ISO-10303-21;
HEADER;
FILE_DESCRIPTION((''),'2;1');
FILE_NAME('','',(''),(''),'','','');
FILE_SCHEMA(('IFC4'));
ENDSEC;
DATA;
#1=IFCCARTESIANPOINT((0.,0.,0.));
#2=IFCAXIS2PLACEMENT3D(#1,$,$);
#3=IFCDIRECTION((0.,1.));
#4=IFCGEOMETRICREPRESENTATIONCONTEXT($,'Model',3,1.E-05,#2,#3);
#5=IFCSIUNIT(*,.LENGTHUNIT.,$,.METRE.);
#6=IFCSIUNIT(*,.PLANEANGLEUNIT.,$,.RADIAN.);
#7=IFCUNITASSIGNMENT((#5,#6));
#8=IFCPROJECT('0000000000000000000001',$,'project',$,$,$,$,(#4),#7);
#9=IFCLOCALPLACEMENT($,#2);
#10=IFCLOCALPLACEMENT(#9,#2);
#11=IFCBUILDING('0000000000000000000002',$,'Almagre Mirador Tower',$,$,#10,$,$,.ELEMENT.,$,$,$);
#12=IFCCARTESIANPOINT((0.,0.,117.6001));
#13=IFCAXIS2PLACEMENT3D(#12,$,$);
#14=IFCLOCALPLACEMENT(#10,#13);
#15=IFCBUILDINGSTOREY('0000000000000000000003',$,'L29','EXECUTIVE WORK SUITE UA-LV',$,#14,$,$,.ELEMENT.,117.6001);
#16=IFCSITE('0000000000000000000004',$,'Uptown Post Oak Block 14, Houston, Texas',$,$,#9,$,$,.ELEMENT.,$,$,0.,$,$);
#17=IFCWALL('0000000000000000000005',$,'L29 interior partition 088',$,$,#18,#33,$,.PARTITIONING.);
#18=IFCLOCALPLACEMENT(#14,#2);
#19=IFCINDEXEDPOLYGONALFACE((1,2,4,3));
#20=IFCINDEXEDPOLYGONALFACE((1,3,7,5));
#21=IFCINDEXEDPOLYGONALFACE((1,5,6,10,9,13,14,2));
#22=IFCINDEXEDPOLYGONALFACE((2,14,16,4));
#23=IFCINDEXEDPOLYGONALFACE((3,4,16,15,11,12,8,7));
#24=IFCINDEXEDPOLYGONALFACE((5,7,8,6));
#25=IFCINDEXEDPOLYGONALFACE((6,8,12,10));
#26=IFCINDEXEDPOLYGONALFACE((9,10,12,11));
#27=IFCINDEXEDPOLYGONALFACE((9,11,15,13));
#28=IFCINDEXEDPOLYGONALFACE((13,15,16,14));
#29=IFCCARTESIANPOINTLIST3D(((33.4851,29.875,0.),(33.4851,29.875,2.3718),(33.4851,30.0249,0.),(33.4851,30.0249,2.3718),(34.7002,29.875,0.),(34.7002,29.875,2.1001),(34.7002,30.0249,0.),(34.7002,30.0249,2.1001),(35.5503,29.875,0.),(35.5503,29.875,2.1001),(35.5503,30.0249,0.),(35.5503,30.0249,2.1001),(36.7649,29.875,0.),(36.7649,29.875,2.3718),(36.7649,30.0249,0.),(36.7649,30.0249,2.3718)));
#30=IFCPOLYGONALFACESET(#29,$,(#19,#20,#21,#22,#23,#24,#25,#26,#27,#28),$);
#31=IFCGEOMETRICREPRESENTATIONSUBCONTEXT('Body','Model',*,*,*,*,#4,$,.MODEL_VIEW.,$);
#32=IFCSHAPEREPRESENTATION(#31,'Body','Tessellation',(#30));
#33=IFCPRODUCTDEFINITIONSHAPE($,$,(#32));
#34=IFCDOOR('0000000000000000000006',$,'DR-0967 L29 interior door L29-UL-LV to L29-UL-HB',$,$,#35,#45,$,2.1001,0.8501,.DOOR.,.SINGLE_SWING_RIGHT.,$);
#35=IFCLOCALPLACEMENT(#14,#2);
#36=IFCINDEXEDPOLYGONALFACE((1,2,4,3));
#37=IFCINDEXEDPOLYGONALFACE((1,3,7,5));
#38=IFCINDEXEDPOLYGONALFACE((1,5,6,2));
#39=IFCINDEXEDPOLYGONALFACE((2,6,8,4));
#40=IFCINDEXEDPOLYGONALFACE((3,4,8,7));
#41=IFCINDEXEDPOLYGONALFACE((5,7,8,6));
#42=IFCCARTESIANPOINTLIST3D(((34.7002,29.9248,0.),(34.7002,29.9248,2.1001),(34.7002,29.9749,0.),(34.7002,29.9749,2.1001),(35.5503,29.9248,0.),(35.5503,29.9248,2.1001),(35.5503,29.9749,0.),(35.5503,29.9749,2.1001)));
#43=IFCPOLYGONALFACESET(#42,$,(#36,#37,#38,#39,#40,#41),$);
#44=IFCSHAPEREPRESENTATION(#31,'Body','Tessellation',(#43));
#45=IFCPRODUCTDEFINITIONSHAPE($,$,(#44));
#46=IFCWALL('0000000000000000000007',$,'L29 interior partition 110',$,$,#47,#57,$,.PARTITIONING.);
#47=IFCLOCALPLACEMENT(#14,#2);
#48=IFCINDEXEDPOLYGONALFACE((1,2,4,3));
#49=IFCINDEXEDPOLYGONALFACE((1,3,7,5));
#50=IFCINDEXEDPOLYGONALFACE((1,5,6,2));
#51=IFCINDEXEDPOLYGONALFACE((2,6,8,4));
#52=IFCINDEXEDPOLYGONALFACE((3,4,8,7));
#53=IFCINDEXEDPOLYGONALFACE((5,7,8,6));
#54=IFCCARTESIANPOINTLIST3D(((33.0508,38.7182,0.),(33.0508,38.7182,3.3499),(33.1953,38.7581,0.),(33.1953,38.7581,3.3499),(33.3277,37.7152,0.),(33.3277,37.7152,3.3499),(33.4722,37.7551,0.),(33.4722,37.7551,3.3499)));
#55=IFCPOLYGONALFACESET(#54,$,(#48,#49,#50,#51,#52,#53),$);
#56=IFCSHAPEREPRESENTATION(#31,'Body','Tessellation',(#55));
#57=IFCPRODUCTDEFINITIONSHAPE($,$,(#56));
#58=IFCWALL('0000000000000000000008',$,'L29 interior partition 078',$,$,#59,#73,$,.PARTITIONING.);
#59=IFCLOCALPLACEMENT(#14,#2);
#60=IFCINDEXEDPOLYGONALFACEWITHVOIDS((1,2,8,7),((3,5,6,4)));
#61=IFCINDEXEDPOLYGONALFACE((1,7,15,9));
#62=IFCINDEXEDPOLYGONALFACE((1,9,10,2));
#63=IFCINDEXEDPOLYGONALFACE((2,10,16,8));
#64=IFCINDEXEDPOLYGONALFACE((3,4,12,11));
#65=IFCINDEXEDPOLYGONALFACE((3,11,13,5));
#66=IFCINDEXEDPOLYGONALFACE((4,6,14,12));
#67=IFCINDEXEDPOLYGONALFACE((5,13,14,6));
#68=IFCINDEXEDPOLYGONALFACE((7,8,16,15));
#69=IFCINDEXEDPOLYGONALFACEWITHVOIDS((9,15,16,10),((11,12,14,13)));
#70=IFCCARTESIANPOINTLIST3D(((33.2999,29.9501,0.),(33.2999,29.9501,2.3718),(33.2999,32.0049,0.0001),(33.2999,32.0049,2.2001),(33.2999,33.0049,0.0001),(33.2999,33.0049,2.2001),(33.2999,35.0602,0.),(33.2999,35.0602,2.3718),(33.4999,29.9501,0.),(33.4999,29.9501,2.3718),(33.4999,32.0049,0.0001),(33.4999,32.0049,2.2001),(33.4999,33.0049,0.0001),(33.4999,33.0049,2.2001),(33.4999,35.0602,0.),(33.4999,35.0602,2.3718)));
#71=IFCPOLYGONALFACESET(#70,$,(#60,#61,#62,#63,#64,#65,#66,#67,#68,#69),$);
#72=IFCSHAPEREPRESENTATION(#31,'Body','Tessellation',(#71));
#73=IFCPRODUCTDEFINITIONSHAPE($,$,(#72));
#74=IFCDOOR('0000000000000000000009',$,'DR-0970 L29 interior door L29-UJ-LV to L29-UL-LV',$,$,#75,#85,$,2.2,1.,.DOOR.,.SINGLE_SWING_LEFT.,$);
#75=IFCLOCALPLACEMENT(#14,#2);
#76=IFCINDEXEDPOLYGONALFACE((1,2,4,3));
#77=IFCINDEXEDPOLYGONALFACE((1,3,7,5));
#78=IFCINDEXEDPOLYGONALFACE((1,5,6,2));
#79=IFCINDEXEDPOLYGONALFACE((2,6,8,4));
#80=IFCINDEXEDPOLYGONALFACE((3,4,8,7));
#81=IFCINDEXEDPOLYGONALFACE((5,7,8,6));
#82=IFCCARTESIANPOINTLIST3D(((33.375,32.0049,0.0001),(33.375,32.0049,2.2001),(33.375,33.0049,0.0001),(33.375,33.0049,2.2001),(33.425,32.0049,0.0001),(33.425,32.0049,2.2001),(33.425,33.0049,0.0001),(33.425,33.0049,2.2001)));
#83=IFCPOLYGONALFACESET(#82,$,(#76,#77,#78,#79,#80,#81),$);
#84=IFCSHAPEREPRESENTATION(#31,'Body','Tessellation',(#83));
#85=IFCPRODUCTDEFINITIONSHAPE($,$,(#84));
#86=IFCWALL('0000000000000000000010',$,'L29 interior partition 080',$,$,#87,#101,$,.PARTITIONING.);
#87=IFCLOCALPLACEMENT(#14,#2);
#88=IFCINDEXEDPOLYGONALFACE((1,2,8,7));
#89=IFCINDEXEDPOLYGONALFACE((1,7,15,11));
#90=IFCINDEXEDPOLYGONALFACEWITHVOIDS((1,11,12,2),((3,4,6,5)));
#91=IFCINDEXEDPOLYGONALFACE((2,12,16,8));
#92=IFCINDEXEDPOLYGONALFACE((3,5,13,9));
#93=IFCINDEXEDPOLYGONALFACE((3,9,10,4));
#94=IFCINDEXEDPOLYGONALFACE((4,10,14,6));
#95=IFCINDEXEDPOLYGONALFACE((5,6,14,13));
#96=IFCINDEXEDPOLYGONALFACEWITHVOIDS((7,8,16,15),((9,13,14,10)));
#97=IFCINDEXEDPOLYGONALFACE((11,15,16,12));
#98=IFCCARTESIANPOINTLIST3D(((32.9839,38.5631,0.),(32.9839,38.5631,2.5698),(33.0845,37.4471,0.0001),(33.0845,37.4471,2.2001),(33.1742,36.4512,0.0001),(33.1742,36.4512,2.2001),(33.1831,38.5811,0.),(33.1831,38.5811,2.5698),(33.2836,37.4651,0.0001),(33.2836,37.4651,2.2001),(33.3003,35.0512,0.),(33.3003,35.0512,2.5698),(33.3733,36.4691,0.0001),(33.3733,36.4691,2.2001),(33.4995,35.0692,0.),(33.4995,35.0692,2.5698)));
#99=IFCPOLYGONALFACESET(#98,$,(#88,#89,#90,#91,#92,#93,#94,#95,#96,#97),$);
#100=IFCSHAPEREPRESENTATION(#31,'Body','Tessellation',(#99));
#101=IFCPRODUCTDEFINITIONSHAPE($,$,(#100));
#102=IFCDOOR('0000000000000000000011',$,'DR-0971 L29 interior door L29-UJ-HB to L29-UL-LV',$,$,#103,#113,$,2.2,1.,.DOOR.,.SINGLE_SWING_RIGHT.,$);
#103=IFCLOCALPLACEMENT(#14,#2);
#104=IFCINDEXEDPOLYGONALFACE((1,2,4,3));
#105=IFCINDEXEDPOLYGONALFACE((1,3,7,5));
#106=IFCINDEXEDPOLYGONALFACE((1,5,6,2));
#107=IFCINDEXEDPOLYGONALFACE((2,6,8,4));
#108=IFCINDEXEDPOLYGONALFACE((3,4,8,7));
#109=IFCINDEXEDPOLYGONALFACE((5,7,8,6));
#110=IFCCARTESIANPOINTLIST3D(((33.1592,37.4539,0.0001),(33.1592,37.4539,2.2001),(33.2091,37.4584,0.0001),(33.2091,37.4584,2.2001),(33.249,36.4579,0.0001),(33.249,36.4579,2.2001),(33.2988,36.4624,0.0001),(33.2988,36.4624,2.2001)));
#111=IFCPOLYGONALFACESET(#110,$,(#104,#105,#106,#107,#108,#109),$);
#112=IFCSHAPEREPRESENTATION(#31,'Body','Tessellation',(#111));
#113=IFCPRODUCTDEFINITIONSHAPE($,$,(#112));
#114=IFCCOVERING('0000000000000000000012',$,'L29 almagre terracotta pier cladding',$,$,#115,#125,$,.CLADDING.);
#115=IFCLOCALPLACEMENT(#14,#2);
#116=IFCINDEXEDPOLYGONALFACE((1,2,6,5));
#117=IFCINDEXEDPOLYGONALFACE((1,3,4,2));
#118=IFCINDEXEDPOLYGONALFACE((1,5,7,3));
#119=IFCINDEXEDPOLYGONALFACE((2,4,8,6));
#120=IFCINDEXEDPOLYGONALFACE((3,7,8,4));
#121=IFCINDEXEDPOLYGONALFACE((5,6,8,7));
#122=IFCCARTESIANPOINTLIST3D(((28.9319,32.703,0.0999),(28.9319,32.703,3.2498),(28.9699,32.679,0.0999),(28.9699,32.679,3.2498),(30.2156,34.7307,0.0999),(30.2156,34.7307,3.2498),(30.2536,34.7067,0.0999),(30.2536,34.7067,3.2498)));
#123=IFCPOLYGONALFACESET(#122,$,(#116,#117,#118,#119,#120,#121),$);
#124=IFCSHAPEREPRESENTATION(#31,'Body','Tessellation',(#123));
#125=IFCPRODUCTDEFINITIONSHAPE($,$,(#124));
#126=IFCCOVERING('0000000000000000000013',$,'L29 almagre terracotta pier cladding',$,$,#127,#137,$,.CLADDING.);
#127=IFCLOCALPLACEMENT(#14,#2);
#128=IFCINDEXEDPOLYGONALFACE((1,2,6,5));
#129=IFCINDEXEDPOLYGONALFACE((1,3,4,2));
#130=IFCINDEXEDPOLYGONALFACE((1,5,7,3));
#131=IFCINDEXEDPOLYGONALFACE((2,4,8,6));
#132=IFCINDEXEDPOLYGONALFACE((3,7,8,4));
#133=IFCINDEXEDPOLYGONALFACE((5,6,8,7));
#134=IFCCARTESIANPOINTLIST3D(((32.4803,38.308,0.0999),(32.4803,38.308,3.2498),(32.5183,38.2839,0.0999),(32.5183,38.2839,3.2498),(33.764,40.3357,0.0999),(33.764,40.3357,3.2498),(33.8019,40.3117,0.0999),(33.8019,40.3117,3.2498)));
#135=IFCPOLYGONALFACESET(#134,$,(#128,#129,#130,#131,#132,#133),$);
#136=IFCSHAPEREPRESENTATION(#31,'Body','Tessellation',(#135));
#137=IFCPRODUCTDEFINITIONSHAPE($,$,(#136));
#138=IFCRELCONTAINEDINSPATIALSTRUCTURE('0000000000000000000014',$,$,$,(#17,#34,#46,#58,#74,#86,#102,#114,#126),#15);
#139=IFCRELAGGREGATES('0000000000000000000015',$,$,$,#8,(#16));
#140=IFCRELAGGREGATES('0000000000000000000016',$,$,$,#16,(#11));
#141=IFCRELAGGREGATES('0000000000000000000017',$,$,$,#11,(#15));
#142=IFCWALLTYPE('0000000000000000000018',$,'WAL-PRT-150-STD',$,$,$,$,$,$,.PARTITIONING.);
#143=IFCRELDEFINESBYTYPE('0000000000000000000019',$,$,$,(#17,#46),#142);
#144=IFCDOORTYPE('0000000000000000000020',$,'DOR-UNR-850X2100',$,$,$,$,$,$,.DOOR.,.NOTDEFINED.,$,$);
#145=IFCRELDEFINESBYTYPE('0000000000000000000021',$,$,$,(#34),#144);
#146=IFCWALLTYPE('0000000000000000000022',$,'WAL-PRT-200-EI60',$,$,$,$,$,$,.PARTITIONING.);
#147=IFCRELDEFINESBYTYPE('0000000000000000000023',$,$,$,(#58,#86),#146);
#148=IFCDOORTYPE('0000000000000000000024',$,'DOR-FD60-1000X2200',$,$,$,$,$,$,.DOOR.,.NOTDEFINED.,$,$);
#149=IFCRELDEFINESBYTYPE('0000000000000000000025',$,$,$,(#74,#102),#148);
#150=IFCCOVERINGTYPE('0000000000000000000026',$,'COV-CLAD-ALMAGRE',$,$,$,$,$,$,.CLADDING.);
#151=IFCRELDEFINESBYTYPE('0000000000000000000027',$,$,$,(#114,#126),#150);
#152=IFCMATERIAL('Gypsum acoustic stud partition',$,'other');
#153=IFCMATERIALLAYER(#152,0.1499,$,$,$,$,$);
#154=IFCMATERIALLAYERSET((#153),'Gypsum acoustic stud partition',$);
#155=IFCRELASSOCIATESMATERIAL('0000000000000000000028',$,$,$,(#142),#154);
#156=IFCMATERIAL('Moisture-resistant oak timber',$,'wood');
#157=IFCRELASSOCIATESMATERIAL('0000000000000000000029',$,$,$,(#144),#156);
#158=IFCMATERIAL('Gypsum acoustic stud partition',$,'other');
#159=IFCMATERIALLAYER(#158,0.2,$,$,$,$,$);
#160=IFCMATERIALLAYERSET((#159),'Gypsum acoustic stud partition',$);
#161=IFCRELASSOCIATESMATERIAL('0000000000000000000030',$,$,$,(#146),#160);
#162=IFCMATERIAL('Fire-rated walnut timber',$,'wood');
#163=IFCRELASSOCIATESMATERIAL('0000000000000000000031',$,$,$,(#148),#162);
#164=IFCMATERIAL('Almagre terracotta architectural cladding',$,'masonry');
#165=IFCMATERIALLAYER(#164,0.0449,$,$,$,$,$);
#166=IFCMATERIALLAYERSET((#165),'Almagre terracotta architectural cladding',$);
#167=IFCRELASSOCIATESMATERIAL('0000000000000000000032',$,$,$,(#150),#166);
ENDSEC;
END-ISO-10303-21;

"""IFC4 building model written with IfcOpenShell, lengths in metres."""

from ifc_helpers import new_model, si_unit, direction, frame, frame_2d, origin, origin_2d, place, context, subcontext, project, spatial, rectangle, extrude, material, layer, layer_set, type_object, element, fill, save


model = new_model("IFC4")

# Units and contexts
model_context = context("Model", 3, precision=1e-05, world=origin(), true_north=direction((0.0, 1.0)))
body_context = subcontext(model_context, "Body", "Model", "MODEL_VIEW")
ifc_project = project(units=[si_unit("LENGTHUNIT", "METRE"), si_unit("PLANEANGLEUNIT", "RADIAN")], contexts=[model_context])

# Site, building, storey
site_placement = place(None, origin())
site = spatial("IfcSite", under=ifc_project, at=site_placement, Name="Uptown Post Oak Block 14, Houston, Texas", CompositionType="ELEMENT", RefElevation=0.0)
building_placement = place(site_placement, origin())
building = spatial("IfcBuilding", under=site, at=building_placement, Name="Almagre Mirador Tower", CompositionType="ELEMENT")
storey_placement = place(building_placement, frame((0.0, 0.0, 117.6001)))
storey = spatial("IfcBuildingStorey", under=building, at=storey_placement, Name="L29", Description="EXECUTIVE WORK SUITE UA-LV", CompositionType="ELEMENT", Elevation=117.6001)

# Wall, opening, door
ifc_material_1 = material(Name="Gypsum acoustic stud partition", Category="other")
ifc_layer_1 = layer(ifc_material_1, 0.1499)
ifc_layer_set_1 = layer_set([ifc_layer_1], Name="Gypsum acoustic stud partition")
wall_type_1 = type_object("IfcWallType", Name="WAL-PRT-150-STD", PredefinedType="PARTITIONING", material=ifc_layer_set_1)
wall_1_placement = place(storey_placement, frame((33.4851, 29.95, 0.0), z_axis=(0.0, 0.0, 1.0), x_axis=(1.0, 0.0, 0.0)))
wall_1 = element("IfcWall", 1, at=wall_1_placement, inside=storey, type_object=wall_type_1, Name="L29 interior partition 088", PredefinedType="PARTITIONING", context=body_context, shape_type="SweptSolid", body=[
    extrude(rectangle(XDim=3.2798, YDim=0.1499, at=frame_2d((1.6399, 0.0))), origin(), (0.0, 0.0, 1.0), 2.3718),
])
opening_1_placement = place(wall_1_placement, frame((1.2151, 0.0, 0.0)))
opening_1 = element("IfcOpeningElement", 2, at=opening_1_placement, cuts=wall_1, PredefinedType="OPENING", context=body_context, shape_type="SweptSolid", body=[
    extrude(rectangle(XDim=0.8501, YDim=2.1001, at=frame_2d((0.425, 1.05))), frame((0.0, 0.085, 0.0), z_axis=(0.0, -1.0, 0.0), x_axis=(1.0, 0.0, 0.0)), (0.0, 0.0, 1.0), 0.1699),
])
ifc_material_2 = material(Name="Moisture-resistant oak timber", Category="wood")
door_type_1 = type_object("IfcDoorType", Name="DOR-UNR-850X2100", OperationType="NOTDEFINED", PredefinedType="DOOR", material=ifc_material_2)
door_1_placement = place(opening_1_placement, origin())
door_1 = element("IfcDoor", 3, at=door_1_placement, inside=storey, type_object=door_type_1, Name="DR-0967 L29 interior door L29-UL-LV to L29-UL-HB", OperationType="SINGLE_SWING_RIGHT", OverallHeight=2.1001, OverallWidth=0.8501, PredefinedType="DOOR", context=body_context, shape_type="SweptSolid", body=[
    extrude(rectangle(XDim=0.8501, YDim=2.1001, at=frame_2d((0.425, 1.05))), frame((0.0, 0.0249, 0.0), z_axis=(0.0, -1.0, 0.0), x_axis=(1.0, 0.0, 0.0)), (0.0, 0.0, 1.0), 0.05),
])
fill(opening_1, door_1)

# Wall
wall_2_placement = place(storey_placement, frame((33.3999, 37.7351, 0.0), z_axis=(0.0, 0.0, 1.0), x_axis=(-0.266094, 0.963947, 0.0)))
element("IfcWall", 4, at=wall_2_placement, inside=storey, type_object=wall_type_1, Name="L29 interior partition 110", PredefinedType="PARTITIONING", context=body_context, shape_type="SweptSolid", body=[
    extrude(rectangle(XDim=1.0405, YDim=0.1499, at=frame_2d((0.5203, 0.0))), origin(), (0.0, 0.0, 1.0), 3.3499),
])

# Walls, openings, doors
ifc_material_3 = material(Name="Gypsum acoustic stud partition", Category="other")
ifc_layer_2 = layer(ifc_material_3, 0.2)
ifc_layer_set_2 = layer_set([ifc_layer_2], Name="Gypsum acoustic stud partition")
wall_type_2 = type_object("IfcWallType", Name="WAL-PRT-200-EI60", PredefinedType="PARTITIONING", material=ifc_layer_set_2)
wall_3_placement = place(storey_placement, frame((33.3999, 29.95, 0.0), z_axis=(0.0, 0.0, 1.0), x_axis=(0.0, 1.0, 0.0)))
wall_3 = element("IfcWall", 5, at=wall_3_placement, inside=storey, type_object=wall_type_2, Name="L29 interior partition 078", PredefinedType="PARTITIONING", context=body_context, shape_type="SweptSolid", body=[
    extrude(rectangle(XDim=5.1101, YDim=0.2, at=frame_2d((2.5552, 0.0))), origin(), (0.0, 0.0, 1.0), 2.3718),
])
opening_2_placement = place(wall_3_placement, frame((2.0549, 0.0, 0.0)))
opening_2 = element("IfcOpeningElement", 6, at=opening_2_placement, cuts=wall_3, PredefinedType="OPENING", context=body_context, shape_type="SweptSolid", body=[
    extrude(rectangle(XDim=1.0, YDim=2.2, at=frame_2d((0.5, 1.1001))), frame((0.0, 0.1101, 0.0), z_axis=(0.0, -1.0, 0.0), x_axis=(1.0, 0.0, 0.0)), (0.0, 0.0, 1.0), 0.22),
])
ifc_material_4 = material(Name="Fire-rated walnut timber", Category="wood")
door_type_2 = type_object("IfcDoorType", Name="DOR-FD60-1000X2200", OperationType="NOTDEFINED", PredefinedType="DOOR", material=ifc_material_4)
door_2_placement = place(opening_2_placement, origin())
door_2 = element("IfcDoor", 7, at=door_2_placement, inside=storey, type_object=door_type_2, Name="DR-0970 L29 interior door L29-UJ-LV to L29-UL-LV", OperationType="SINGLE_SWING_LEFT", OverallHeight=2.2, OverallWidth=1.0, PredefinedType="DOOR", context=body_context, shape_type="SweptSolid", body=[
    extrude(rectangle(XDim=1.0, YDim=2.2, at=frame_2d((0.5, 1.1001))), frame((0.0, 0.0249, 0.0), z_axis=(0.0, -1.0, 0.0), x_axis=(1.0, 0.0, 0.0)), (0.0, 0.0, 1.0), 0.05),
])
fill(opening_2, door_2)
wall_4_placement = place(storey_placement, frame((33.3999, 35.0601, 0.0), z_axis=(0.0, 0.0, 1.0), x_axis=(-0.08973, 0.995966, 0.0)))
wall_4 = element("IfcWall", 8, at=wall_4_placement, inside=storey, type_object=wall_type_2, Name="L29 interior partition 080", PredefinedType="PARTITIONING", context=body_context, shape_type="SweptSolid", body=[
    extrude(rectangle(XDim=3.5261, YDim=0.2, at=frame_2d((1.7632, 0.0))), origin(), (0.0, 0.0, 1.0), 2.5698),
])
opening_3_placement = place(wall_4_placement, frame((1.4058, 0.0, 0.0)))
opening_3 = element("IfcOpeningElement", 9, at=opening_3_placement, cuts=wall_4, PredefinedType="OPENING", context=body_context, shape_type="SweptSolid", body=[
    extrude(rectangle(XDim=1.0, YDim=2.2, at=frame_2d((0.5, 1.1001))), frame((0.0, 0.1101, 0.0), z_axis=(0.0, -1.0, 0.0), x_axis=(1.0, 0.0, 0.0)), (0.0, 0.0, 1.0), 0.22),
])
door_3_placement = place(opening_3_placement, origin())
door_3 = element("IfcDoor", 10, at=door_3_placement, inside=storey, type_object=door_type_2, Name="DR-0971 L29 interior door L29-UJ-HB to L29-UL-LV", OperationType="SINGLE_SWING_RIGHT", OverallHeight=2.2, OverallWidth=1.0, PredefinedType="DOOR", context=body_context, shape_type="SweptSolid", body=[
    extrude(rectangle(XDim=1.0, YDim=2.2, at=frame_2d((0.5, 1.1001))), frame((0.0, 0.0249, 0.0), z_axis=(0.0, -1.0, 0.0), x_axis=(1.0, 0.0, 0.0)), (0.0, 0.0, 1.0), 0.05),
])
fill(opening_3, door_3)

# Coverings
ifc_material_5 = material(Name="Almagre terracotta architectural cladding", Category="masonry")
ifc_layer_3 = layer(ifc_material_5, 0.0449)
ifc_layer_set_3 = layer_set([ifc_layer_3], Name="Almagre terracotta architectural cladding")
covering_type = type_object("IfcCoveringType", Name="COV-CLAD-ALMAGRE", PredefinedType="CLADDING", material=ifc_layer_set_3)
for number, where, z_axis, x_axis, name in (
    (11, (29.5928, 33.7048, 0.0999), (0.0, 0.0, 1.0), (0.534898, 0.844917, 0.0), "L29 almagre terracotta pier cladding"),
    (12, (33.1411, 39.3098, 0.0999), (0.0, 0.0, 1.0), (0.534883, 0.844926, 0.0), "L29 almagre terracotta pier cladding"),
):
    element("IfcCovering", number, at=place(storey_placement, frame(where, z_axis=z_axis, x_axis=x_axis)), inside=storey, type_object=covering_type, Name=name, PredefinedType="CLADDING", context=body_context, shape_type="SweptSolid", body=[
        extrude(rectangle(XDim=2.3999, YDim=0.0449, at=origin_2d()), origin(), (0.0, 0.0, 1.0), 3.1499),
    ])

save(model, "model.ifc")
